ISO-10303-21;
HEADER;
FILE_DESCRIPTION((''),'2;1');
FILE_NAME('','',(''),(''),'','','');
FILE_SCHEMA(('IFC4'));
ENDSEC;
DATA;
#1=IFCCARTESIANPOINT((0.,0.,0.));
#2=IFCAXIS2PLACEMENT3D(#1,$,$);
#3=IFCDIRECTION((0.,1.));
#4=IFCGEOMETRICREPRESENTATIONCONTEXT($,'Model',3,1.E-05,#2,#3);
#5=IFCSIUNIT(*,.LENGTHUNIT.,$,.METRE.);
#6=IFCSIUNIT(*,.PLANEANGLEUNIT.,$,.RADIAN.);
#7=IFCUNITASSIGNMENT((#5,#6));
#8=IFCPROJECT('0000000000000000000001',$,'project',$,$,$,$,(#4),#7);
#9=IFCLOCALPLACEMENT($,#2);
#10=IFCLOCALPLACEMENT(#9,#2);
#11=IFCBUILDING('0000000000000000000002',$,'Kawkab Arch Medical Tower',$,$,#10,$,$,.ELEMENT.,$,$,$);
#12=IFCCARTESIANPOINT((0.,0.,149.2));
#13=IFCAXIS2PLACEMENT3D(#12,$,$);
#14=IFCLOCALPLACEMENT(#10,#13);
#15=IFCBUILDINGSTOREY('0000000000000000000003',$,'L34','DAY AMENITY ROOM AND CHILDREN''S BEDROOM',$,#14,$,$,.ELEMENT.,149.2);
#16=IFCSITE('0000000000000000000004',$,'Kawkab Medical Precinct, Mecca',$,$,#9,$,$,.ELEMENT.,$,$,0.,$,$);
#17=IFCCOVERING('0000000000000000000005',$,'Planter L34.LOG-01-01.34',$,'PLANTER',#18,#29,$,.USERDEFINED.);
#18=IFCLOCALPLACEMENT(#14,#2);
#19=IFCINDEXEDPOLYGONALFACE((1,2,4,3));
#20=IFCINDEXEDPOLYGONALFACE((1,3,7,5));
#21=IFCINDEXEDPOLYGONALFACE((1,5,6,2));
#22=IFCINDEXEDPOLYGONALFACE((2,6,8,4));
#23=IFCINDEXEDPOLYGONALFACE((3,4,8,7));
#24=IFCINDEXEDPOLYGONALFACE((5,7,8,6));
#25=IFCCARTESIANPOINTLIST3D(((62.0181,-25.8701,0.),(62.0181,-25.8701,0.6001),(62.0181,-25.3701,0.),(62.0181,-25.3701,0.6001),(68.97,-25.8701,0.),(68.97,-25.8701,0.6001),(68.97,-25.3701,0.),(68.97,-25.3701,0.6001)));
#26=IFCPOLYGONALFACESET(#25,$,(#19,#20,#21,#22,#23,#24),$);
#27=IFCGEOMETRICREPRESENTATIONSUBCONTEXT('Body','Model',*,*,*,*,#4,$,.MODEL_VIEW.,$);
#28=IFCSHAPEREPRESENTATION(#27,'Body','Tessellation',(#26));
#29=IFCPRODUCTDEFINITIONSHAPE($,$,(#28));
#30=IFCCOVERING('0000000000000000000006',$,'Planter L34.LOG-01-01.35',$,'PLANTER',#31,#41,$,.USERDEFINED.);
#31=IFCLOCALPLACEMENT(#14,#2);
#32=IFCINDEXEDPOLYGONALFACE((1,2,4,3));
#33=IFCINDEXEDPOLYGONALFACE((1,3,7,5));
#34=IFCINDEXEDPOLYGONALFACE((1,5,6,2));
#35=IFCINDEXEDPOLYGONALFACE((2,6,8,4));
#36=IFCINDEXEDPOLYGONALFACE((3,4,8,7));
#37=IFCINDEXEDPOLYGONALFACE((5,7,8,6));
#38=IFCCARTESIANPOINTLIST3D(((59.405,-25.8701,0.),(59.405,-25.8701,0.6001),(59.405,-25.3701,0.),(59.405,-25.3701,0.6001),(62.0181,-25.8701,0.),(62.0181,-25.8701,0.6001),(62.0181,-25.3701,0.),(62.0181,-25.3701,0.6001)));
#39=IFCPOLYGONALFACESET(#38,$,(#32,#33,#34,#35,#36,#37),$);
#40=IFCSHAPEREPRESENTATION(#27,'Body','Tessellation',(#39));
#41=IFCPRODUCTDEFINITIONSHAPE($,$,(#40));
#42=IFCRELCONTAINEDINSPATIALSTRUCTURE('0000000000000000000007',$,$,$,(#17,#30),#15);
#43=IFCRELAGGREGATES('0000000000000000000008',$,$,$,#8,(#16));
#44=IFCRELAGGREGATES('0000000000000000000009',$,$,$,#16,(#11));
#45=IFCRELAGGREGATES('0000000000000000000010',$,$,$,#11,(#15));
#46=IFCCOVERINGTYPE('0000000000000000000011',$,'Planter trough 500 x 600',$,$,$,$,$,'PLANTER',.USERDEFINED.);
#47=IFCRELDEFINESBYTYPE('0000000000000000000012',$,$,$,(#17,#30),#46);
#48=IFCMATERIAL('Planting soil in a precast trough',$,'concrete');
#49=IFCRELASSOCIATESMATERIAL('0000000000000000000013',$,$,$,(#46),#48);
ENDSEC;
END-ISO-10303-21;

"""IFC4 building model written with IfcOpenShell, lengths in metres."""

from ifc_helpers import new_model, si_unit, direction, frame, origin, origin_2d, place, context, subcontext, project, spatial, rectangle, extrude, material, material_profile, profile_set, type_object, element, save


model = new_model("IFC4")

# Units and contexts
model_context = context("Model", 3, precision=1e-05, world=origin(), true_north=direction((0.0, 1.0)))
body_context = subcontext(model_context, "Body", "Model", "MODEL_VIEW")
ifc_project = project(units=[si_unit("LENGTHUNIT", "METRE"), si_unit("PLANEANGLEUNIT", "RADIAN")], contexts=[model_context])

# Site, building, storey
site_placement = place(None, origin())
site = spatial("IfcSite", under=ifc_project, at=site_placement, Name="Kawkab Medical Precinct, Mecca", CompositionType="ELEMENT", RefElevation=0.0)
building_placement = place(site_placement, origin())
building = spatial("IfcBuilding", under=site, at=building_placement, Name="Kawkab Arch Medical Tower", CompositionType="ELEMENT")
storey_placement = place(building_placement, frame((0.0, 0.0, 149.2)))
storey = spatial("IfcBuildingStorey", under=building, at=storey_placement, Name="L34", Description="DAY AMENITY ROOM AND CHILDREN'S BEDROOM", CompositionType="ELEMENT", Elevation=149.2)

# Coverings
ifc_material_1 = material(Name="Planting soil in a precast trough", Category="concrete")
ifc_material_profile_1 = material_profile(ifc_material_1, rectangle(XDim=0.5, YDim=0.6001, at=origin_2d()), Name="Trough 500x600")
ifc_profile_set_1 = profile_set([ifc_material_profile_1], Name="Planting soil in a precast trough")
covering_type = type_object("IfcCoveringType", Name="Planter trough 500 x 600", ElementType="PLANTER", PredefinedType="USERDEFINED", material=ifc_profile_set_1)
covering_1_placement = place(storey_placement, frame((68.97, -25.6201, 0.3), z_axis=(-1.0, 0.0, 0.0), x_axis=(0.0, -1.0, 0.0)))
element("IfcCovering", 1, at=covering_1_placement, inside=storey, type_object=covering_type, Name="Planter L34.LOG-01-01.34", ObjectType="PLANTER", PredefinedType="USERDEFINED", context=body_context, shape_type="SweptSolid", body=[
    extrude(rectangle(XDim=0.5, YDim=0.6001, at=origin_2d()), origin(), (0.0, 0.0, 1.0), 6.9519),
])
covering_2_placement = place(storey_placement, frame((62.0181, -25.6201, 0.3), z_axis=(-1.0, 0.0, 0.0), x_axis=(0.0, -1.0, 0.0)))
element("IfcCovering", 2, at=covering_2_placement, inside=storey, type_object=covering_type, Name="Planter L34.LOG-01-01.35", ObjectType="PLANTER", PredefinedType="USERDEFINED", context=body_context, shape_type="SweptSolid", body=[
    extrude(rectangle(XDim=0.5, YDim=0.6001, at=origin_2d()), origin(), (0.0, 0.0, 1.0), 2.613),
])

save(model, "model.ifc")
